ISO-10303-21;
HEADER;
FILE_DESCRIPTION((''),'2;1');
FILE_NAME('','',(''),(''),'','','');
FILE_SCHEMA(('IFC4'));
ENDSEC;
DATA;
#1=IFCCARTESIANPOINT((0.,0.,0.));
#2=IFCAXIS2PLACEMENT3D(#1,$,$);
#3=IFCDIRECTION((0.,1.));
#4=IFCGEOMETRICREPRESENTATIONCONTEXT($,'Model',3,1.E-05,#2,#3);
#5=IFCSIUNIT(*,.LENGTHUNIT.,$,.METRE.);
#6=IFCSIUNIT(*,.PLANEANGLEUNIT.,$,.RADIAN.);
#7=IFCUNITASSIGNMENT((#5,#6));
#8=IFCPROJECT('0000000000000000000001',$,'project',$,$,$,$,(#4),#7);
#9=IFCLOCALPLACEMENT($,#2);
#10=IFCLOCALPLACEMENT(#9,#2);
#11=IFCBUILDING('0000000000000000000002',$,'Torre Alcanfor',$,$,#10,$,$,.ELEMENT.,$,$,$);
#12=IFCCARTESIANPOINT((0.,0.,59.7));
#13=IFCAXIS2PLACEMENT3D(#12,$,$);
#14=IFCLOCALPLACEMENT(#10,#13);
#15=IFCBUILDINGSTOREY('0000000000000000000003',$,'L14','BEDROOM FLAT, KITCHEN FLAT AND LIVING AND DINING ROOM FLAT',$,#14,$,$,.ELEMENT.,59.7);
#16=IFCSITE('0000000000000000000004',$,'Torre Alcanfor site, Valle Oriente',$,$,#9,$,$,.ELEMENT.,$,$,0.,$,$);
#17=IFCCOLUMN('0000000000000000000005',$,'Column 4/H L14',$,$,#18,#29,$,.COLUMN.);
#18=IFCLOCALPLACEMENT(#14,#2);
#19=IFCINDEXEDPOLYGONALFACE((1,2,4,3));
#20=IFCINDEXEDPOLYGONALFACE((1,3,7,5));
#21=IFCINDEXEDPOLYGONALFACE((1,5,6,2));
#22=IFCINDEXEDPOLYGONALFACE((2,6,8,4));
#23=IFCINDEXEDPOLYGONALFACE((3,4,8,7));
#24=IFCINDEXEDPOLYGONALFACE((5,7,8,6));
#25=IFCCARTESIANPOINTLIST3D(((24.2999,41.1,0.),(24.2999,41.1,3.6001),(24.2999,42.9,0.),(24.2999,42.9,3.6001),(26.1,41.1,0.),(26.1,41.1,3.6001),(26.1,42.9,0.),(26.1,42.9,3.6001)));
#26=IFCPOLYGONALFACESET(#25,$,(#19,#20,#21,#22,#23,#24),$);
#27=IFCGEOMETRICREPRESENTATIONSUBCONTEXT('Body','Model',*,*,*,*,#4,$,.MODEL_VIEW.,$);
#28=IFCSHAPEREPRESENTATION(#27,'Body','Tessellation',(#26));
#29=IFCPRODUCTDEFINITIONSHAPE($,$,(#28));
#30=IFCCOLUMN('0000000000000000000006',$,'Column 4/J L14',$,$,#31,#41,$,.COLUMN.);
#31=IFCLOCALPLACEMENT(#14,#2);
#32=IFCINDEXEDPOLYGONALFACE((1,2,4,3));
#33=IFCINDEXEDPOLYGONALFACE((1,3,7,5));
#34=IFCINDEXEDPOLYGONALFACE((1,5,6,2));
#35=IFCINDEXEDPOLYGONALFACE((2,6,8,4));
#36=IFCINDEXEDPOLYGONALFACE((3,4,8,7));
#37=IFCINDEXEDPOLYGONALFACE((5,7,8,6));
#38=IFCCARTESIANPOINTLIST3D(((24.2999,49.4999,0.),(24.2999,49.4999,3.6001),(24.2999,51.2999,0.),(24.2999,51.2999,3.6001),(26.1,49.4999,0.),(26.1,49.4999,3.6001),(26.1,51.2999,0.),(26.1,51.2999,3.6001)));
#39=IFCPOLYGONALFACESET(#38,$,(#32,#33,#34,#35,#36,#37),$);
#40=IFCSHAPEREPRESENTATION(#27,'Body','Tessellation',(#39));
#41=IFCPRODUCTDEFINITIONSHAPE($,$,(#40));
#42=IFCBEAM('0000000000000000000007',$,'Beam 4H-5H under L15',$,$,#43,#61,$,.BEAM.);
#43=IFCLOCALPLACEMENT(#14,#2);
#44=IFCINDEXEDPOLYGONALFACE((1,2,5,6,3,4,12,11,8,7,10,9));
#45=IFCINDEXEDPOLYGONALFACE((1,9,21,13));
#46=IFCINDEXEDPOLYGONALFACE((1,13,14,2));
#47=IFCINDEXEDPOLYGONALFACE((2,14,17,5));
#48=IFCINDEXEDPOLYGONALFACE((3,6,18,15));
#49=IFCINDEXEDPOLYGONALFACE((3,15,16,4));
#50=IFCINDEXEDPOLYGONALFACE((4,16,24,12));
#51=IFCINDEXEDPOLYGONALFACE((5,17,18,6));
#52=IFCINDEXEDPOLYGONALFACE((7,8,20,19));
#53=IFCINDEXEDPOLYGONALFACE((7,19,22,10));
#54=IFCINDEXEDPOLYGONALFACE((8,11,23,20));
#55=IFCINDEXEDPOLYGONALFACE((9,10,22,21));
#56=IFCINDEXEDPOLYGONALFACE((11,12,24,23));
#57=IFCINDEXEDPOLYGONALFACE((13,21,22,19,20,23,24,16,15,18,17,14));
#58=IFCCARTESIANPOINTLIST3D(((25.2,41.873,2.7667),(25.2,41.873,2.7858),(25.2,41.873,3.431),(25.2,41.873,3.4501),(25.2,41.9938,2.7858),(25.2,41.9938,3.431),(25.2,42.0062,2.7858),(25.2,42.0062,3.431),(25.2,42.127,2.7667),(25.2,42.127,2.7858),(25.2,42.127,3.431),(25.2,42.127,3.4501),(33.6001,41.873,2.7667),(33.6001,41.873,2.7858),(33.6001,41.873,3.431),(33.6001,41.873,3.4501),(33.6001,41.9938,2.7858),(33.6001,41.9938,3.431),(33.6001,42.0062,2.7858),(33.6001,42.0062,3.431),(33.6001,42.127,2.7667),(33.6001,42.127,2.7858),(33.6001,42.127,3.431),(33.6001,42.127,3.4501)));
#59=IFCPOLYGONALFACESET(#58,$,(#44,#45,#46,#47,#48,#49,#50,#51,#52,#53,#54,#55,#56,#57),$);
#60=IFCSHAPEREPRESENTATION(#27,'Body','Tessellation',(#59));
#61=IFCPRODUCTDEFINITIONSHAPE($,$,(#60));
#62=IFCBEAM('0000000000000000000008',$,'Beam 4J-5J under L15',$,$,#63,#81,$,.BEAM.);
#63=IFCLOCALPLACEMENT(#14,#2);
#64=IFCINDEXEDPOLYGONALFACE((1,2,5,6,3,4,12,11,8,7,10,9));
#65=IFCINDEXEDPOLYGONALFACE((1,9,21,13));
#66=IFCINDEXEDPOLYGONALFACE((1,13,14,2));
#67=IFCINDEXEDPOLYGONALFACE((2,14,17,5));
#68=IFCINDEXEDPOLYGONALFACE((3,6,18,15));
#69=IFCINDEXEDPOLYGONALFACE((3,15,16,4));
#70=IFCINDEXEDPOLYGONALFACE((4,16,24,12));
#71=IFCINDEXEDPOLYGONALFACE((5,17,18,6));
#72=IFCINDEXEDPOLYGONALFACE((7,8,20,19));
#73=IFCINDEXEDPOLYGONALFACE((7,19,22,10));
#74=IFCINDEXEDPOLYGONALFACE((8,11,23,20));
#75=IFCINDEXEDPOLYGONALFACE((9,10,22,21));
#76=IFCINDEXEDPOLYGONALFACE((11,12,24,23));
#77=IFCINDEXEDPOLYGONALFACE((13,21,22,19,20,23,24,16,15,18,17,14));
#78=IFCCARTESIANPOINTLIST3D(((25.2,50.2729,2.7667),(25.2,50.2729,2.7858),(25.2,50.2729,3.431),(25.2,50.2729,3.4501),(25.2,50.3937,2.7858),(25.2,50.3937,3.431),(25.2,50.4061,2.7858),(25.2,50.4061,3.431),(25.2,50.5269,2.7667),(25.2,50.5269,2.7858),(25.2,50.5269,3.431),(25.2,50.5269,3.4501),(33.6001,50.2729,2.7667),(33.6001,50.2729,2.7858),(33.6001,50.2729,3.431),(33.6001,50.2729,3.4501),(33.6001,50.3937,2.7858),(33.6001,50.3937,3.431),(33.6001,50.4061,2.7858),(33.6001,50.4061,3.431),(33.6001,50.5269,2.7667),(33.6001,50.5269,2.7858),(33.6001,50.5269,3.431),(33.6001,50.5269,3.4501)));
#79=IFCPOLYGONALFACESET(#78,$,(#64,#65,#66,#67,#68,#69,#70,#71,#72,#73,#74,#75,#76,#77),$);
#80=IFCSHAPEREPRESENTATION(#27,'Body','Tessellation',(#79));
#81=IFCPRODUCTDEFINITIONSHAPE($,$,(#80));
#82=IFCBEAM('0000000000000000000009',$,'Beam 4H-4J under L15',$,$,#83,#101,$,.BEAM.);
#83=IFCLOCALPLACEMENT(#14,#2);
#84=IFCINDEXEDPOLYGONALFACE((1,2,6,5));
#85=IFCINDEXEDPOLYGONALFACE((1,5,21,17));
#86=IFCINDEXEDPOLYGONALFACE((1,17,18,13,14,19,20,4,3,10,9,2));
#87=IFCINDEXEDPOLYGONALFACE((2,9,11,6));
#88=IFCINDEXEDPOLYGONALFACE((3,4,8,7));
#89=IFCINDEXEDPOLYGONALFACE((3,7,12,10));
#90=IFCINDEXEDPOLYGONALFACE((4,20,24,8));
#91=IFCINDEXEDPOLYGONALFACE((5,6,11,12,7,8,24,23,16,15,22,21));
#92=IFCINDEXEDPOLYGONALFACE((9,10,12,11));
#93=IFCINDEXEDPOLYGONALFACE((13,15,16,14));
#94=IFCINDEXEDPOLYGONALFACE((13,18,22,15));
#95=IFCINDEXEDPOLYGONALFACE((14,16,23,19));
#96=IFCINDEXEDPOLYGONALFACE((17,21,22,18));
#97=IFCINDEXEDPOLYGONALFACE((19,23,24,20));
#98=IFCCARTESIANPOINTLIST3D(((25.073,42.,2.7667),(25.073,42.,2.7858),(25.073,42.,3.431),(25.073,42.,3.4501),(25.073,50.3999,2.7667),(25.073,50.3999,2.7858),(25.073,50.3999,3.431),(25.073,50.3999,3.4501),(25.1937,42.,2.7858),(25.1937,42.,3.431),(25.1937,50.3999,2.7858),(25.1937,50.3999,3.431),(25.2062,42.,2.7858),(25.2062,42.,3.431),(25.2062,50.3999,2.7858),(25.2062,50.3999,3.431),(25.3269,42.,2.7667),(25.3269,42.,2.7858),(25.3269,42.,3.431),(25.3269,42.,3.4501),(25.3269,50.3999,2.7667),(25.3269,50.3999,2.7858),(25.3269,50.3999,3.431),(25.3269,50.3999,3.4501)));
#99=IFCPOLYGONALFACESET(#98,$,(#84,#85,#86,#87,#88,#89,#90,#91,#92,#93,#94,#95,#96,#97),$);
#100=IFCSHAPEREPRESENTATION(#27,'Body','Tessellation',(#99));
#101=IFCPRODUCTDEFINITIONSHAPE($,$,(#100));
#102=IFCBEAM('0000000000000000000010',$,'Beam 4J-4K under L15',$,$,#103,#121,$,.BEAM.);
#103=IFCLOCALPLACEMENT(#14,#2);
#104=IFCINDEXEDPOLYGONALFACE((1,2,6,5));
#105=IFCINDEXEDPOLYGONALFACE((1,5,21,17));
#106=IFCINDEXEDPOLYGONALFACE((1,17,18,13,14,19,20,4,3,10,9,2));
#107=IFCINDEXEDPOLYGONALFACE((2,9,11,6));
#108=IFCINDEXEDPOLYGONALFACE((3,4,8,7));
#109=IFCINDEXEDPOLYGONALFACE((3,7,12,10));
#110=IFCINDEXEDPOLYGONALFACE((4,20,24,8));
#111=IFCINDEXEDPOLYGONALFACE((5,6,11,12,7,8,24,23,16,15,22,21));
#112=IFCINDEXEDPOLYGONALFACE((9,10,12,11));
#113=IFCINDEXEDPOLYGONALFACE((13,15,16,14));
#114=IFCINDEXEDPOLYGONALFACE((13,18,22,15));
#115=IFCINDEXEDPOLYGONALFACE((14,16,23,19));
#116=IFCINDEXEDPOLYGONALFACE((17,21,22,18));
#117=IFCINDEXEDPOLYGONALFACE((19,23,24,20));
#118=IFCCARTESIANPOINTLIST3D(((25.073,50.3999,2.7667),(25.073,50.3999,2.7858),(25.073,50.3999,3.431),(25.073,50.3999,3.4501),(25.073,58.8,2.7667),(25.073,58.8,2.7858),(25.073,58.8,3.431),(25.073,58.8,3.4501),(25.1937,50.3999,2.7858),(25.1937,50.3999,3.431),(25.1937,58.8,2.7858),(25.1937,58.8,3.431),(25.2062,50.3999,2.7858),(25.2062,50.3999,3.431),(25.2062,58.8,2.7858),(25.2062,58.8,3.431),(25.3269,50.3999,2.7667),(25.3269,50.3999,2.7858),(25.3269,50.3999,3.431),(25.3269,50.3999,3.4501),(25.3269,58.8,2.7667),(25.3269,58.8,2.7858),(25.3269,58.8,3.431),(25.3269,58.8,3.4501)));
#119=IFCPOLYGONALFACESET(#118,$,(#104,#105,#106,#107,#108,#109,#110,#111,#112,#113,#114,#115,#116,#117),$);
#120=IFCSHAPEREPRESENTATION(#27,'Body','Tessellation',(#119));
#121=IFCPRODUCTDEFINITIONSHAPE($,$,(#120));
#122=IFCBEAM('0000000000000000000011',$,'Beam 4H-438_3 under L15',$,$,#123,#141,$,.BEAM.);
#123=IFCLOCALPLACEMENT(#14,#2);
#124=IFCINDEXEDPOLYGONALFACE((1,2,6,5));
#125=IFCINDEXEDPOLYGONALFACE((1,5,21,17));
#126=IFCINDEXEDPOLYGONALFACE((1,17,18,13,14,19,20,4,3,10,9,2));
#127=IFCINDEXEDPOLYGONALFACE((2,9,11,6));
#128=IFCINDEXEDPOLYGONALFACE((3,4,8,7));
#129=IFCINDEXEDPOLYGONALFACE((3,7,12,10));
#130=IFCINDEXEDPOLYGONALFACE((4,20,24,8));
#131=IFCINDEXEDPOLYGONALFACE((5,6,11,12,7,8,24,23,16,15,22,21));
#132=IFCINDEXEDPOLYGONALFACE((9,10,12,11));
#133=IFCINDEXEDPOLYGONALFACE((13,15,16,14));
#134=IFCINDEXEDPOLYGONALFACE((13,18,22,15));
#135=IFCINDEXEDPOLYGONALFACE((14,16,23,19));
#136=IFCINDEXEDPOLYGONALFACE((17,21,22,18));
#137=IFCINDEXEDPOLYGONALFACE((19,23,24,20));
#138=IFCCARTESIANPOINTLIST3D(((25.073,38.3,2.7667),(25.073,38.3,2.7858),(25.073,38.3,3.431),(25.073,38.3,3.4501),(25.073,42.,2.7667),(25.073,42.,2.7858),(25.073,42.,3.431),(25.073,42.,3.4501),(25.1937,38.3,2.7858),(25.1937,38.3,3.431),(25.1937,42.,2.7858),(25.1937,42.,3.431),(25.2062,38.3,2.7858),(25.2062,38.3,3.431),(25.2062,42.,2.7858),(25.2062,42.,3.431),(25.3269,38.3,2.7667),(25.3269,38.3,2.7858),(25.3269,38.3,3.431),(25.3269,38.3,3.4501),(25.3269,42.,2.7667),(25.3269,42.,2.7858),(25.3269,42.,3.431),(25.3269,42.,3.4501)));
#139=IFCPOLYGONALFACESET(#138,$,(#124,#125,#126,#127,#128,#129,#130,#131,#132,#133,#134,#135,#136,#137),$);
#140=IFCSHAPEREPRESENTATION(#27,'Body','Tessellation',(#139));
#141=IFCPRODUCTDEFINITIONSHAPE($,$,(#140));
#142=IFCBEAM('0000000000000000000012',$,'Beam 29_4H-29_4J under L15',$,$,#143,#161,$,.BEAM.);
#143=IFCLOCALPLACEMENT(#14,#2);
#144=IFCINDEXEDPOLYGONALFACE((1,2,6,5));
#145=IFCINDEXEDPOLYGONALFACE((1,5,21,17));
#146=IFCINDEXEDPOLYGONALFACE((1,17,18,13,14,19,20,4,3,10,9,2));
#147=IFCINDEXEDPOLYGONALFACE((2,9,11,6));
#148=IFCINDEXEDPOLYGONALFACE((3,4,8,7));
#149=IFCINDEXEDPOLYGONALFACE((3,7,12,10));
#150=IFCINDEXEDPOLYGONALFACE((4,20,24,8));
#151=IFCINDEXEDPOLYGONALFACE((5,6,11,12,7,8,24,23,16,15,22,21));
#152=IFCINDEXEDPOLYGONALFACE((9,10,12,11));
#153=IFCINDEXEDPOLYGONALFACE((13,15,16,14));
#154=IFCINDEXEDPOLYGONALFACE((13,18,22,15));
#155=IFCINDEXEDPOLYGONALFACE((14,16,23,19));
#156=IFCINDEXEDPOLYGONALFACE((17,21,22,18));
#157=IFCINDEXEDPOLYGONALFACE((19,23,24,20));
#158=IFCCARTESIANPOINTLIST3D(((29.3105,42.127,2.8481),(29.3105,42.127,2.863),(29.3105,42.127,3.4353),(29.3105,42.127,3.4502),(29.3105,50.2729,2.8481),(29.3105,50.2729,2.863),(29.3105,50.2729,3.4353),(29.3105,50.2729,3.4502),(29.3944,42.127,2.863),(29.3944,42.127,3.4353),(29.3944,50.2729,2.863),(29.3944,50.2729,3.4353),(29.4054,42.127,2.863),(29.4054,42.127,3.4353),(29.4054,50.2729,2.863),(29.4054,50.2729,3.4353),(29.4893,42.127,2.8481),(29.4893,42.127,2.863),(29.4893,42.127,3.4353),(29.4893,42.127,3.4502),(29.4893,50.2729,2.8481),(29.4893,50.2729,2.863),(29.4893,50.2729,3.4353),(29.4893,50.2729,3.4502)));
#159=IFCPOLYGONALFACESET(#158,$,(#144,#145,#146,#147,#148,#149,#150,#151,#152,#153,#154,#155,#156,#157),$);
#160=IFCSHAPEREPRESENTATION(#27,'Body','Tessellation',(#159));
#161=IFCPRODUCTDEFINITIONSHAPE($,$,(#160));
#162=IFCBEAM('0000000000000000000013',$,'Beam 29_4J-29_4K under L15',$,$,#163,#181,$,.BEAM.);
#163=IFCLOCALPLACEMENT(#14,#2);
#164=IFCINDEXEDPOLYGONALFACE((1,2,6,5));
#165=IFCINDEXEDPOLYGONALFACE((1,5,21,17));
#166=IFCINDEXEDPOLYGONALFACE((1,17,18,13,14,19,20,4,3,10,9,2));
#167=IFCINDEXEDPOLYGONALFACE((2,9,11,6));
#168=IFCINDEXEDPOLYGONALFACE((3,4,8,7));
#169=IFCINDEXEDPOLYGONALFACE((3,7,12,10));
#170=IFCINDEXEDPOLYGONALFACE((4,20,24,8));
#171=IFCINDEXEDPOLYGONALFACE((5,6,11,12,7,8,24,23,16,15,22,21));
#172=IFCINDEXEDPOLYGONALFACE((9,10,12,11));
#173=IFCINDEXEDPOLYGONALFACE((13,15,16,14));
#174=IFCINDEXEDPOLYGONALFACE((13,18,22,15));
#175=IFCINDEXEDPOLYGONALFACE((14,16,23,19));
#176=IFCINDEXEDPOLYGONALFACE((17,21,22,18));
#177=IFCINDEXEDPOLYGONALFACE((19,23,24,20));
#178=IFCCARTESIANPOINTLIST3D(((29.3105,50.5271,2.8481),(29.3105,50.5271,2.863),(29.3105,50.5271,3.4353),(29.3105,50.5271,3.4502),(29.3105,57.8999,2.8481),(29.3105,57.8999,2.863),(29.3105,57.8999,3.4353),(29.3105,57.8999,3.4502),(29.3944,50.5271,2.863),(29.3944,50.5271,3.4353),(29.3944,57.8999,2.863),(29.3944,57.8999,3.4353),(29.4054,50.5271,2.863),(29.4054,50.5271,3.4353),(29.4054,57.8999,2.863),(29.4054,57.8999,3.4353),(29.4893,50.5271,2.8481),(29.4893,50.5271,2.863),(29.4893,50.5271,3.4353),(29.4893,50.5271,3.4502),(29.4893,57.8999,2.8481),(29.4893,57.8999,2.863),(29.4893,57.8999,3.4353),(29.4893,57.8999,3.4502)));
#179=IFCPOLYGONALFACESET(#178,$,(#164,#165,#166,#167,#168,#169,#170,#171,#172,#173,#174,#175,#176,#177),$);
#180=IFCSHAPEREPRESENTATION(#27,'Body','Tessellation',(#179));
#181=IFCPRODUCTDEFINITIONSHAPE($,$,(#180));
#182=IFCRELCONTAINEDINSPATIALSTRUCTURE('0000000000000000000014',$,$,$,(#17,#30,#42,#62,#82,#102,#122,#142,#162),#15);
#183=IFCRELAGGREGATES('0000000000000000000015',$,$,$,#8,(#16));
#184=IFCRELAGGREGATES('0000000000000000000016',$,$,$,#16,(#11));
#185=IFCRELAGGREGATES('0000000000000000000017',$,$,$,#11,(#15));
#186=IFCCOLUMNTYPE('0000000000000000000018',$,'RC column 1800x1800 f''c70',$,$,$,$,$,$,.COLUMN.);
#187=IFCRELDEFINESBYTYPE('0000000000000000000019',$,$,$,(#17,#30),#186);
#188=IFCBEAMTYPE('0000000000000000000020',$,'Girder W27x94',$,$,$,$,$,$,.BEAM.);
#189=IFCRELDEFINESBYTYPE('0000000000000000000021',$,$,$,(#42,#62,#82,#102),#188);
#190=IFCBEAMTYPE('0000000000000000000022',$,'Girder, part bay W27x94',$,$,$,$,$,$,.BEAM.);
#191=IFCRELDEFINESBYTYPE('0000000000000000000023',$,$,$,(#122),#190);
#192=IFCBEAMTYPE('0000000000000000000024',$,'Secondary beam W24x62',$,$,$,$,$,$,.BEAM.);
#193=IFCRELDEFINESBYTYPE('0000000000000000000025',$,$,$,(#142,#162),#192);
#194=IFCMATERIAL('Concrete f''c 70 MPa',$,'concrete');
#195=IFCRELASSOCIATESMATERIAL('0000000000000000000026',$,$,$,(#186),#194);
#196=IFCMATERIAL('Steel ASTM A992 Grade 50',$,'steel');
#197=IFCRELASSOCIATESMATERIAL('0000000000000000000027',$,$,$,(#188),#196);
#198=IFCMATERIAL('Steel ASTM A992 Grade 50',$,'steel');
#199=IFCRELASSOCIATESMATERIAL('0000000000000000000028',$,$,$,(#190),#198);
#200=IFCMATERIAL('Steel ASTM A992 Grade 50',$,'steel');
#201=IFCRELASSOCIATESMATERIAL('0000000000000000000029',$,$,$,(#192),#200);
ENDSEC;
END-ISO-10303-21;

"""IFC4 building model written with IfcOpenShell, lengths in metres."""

from ifc_helpers import new_model, si_unit, direction, frame, origin, origin_2d, place, context, subcontext, project, spatial, rectangle, i_section, extrude, material, material_profile, profile_set, type_object, element, save


model = new_model("IFC4")

# Units and contexts
model_context = context("Model", 3, precision=1e-05, world=origin(), true_north=direction((0.0, 1.0)))
body_context = subcontext(model_context, "Body", "Model", "MODEL_VIEW")
ifc_project = project(units=[si_unit("LENGTHUNIT", "METRE"), si_unit("PLANEANGLEUNIT", "RADIAN")], contexts=[model_context])

# Site, building, storey
site_placement = place(None, origin())
site = spatial("IfcSite", under=ifc_project, at=site_placement, Name="Torre Alcanfor site, Valle Oriente", CompositionType="ELEMENT", RefElevation=0.0)
building_placement = place(site_placement, origin())
building = spatial("IfcBuilding", under=site, at=building_placement, Name="Torre Alcanfor", CompositionType="ELEMENT")
storey_placement = place(building_placement, frame((0.0, 0.0, 59.7)))
storey = spatial("IfcBuildingStorey", under=building, at=storey_placement, Name="L14", Description="BEDROOM FLAT, KITCHEN FLAT AND LIVING AND DINING ROOM FLAT", CompositionType="ELEMENT", Elevation=59.7)

# Columns
ifc_material_1 = material(Name="Concrete f'c 70 MPa", Category="concrete")
ifc_material_profile_1 = material_profile(ifc_material_1, rectangle(XDim=1.8, YDim=1.8, at=origin_2d()), Name="1800x1800")
ifc_profile_set_1 = profile_set([ifc_material_profile_1], Name="Concrete f'c 70 MPa")
column_type = type_object("IfcColumnType", Name="RC column 1800x1800 f'c70", PredefinedType="COLUMN", material=ifc_profile_set_1)
for number, where, z_axis, x_axis, name in (
    (1, (25.2, 42.0, 0.0), (0.0, 0.0, 1.0), (1.0, 0.0, 0.0), "Column 4/H L14"),
    (2, (25.2, 50.3999, 0.0), (0.0, 0.0, 1.0), (1.0, 0.0, 0.0), "Column 4/J L14"),
):
    element("IfcColumn", number, at=place(storey_placement, frame(where, z_axis=z_axis, x_axis=x_axis)), inside=storey, type_object=column_type, Name=name, PredefinedType="COLUMN", context=body_context, shape_type="SweptSolid", body=[
        extrude(rectangle(XDim=1.8, YDim=1.8, at=origin_2d()), origin(), (0.0, 0.0, 1.0), 3.6001),
    ])

# Beams
ifc_material_2 = material(Name="Steel ASTM A992 Grade 50", Category="steel")
ifc_material_profile_2 = material_profile(ifc_material_2, i_section(OverallWidth=0.2539, OverallDepth=0.6833, WebThickness=0.0125, FlangeThickness=0.019, at=origin_2d()), Name="W27x94")
ifc_profile_set_2 = profile_set([ifc_material_profile_2], Name="Steel ASTM A992 Grade 50")
beam_type_1 = type_object("IfcBeamType", Name="Girder W27x94", PredefinedType="BEAM", material=ifc_profile_set_2)
for number, where, z_axis, x_axis, name in (
    (3, (25.2, 42.0, 3.1084), (1.0, 0.0, 0.0), (0.0, 1.0, 0.0), "Beam 4H-5H under L15"),
    (4, (25.2, 50.3999, 3.1084), (1.0, 0.0, 0.0), (0.0, 1.0, 0.0), "Beam 4J-5J under L15"),
):
    element("IfcBeam", number, at=place(storey_placement, frame(where, z_axis=z_axis, x_axis=x_axis)), inside=storey, type_object=beam_type_1, Name=name, PredefinedType="BEAM", context=body_context, shape_type="SweptSolid", body=[
        extrude(i_section(OverallWidth=0.2539, OverallDepth=0.6833, WebThickness=0.0125, FlangeThickness=0.019, at=origin_2d()), origin(), (0.0, 0.0, 1.0), 8.4001),
    ])
beam_1_placement = place(storey_placement, frame((25.2, 42.0, 3.1084), z_axis=(0.0, 1.0, 0.0), x_axis=(-1.0, 0.0, 0.0)))
element("IfcBeam", 5, at=beam_1_placement, inside=storey, type_object=beam_type_1, Name="Beam 4H-4J under L15", PredefinedType="BEAM", context=body_context, shape_type="SweptSolid", body=[
    extrude(i_section(OverallWidth=0.2539, OverallDepth=0.6833, WebThickness=0.0125, FlangeThickness=0.019, at=origin_2d()), origin(), (0.0, 0.0, 1.0), 8.3999),
])
beam_2_placement = place(storey_placement, frame((25.2, 50.3999, 3.1084), z_axis=(0.0, 1.0, 0.0), x_axis=(-1.0, 0.0, 0.0)))
element("IfcBeam", 6, at=beam_2_placement, inside=storey, type_object=beam_type_1, Name="Beam 4J-4K under L15", PredefinedType="BEAM", context=body_context, shape_type="SweptSolid", body=[
    extrude(i_section(OverallWidth=0.2539, OverallDepth=0.6833, WebThickness=0.0125, FlangeThickness=0.019, at=origin_2d()), origin(), (0.0, 0.0, 1.0), 8.4001),
])
ifc_material_3 = material(Name="Steel ASTM A992 Grade 50", Category="steel")
ifc_material_profile_3 = material_profile(ifc_material_3, i_section(OverallWidth=0.2539, OverallDepth=0.6833, WebThickness=0.0125, FlangeThickness=0.019, at=origin_2d()), Name="W27x94")
ifc_profile_set_3 = profile_set([ifc_material_profile_3], Name="Steel ASTM A992 Grade 50")
beam_type_2 = type_object("IfcBeamType", Name="Girder, part bay W27x94", PredefinedType="BEAM", material=ifc_profile_set_3)
beam_3_placement = place(storey_placement, frame((25.2, 42.0, 3.1084), z_axis=(0.0, -1.0, 0.0), x_axis=(1.0, 0.0, 0.0)))
element("IfcBeam", 7, at=beam_3_placement, inside=storey, type_object=beam_type_2, Name="Beam 4H-438_3 under L15", PredefinedType="BEAM", context=body_context, shape_type="SweptSolid", body=[
    extrude(i_section(OverallWidth=0.2539, OverallDepth=0.6833, WebThickness=0.0125, FlangeThickness=0.019, at=origin_2d()), origin(), (0.0, 0.0, 1.0), 3.7),
])
ifc_material_4 = material(Name="Steel ASTM A992 Grade 50", Category="steel")
ifc_material_profile_4 = material_profile(ifc_material_4, i_section(OverallWidth=0.1787, OverallDepth=0.6021, WebThickness=0.011, FlangeThickness=0.0149, at=origin_2d()), Name="W24x62")
ifc_profile_set_4 = profile_set([ifc_material_profile_4], Name="Steel ASTM A992 Grade 50")
beam_type_3 = type_object("IfcBeamType", Name="Secondary beam W24x62", PredefinedType="BEAM", material=ifc_profile_set_4)
beam_4_placement = place(storey_placement, frame((29.3999, 42.127, 3.1492), z_axis=(0.0, 1.0, 0.0), x_axis=(-1.0, 0.0, 0.0)))
element("IfcBeam", 8, at=beam_4_placement, inside=storey, type_object=beam_type_3, Name="Beam 29_4H-29_4J under L15", PredefinedType="BEAM", context=body_context, shape_type="SweptSolid", body=[
    extrude(i_section(OverallWidth=0.1787, OverallDepth=0.6021, WebThickness=0.011, FlangeThickness=0.0149, at=origin_2d()), origin(), (0.0, 0.0, 1.0), 8.146),
])
beam_5_placement = place(storey_placement, frame((29.3999, 50.5271, 3.1492), z_axis=(0.0, 1.0, 0.0), x_axis=(-1.0, 0.0, 0.0)))
element("IfcBeam", 9, at=beam_5_placement, inside=storey, type_object=beam_type_3, Name="Beam 29_4J-29_4K under L15", PredefinedType="BEAM", context=body_context, shape_type="SweptSolid", body=[
    extrude(i_section(OverallWidth=0.1787, OverallDepth=0.6021, WebThickness=0.011, FlangeThickness=0.0149, at=origin_2d()), origin(), (0.0, 0.0, 1.0), 7.3728),
])

save(model, "model.ifc")
